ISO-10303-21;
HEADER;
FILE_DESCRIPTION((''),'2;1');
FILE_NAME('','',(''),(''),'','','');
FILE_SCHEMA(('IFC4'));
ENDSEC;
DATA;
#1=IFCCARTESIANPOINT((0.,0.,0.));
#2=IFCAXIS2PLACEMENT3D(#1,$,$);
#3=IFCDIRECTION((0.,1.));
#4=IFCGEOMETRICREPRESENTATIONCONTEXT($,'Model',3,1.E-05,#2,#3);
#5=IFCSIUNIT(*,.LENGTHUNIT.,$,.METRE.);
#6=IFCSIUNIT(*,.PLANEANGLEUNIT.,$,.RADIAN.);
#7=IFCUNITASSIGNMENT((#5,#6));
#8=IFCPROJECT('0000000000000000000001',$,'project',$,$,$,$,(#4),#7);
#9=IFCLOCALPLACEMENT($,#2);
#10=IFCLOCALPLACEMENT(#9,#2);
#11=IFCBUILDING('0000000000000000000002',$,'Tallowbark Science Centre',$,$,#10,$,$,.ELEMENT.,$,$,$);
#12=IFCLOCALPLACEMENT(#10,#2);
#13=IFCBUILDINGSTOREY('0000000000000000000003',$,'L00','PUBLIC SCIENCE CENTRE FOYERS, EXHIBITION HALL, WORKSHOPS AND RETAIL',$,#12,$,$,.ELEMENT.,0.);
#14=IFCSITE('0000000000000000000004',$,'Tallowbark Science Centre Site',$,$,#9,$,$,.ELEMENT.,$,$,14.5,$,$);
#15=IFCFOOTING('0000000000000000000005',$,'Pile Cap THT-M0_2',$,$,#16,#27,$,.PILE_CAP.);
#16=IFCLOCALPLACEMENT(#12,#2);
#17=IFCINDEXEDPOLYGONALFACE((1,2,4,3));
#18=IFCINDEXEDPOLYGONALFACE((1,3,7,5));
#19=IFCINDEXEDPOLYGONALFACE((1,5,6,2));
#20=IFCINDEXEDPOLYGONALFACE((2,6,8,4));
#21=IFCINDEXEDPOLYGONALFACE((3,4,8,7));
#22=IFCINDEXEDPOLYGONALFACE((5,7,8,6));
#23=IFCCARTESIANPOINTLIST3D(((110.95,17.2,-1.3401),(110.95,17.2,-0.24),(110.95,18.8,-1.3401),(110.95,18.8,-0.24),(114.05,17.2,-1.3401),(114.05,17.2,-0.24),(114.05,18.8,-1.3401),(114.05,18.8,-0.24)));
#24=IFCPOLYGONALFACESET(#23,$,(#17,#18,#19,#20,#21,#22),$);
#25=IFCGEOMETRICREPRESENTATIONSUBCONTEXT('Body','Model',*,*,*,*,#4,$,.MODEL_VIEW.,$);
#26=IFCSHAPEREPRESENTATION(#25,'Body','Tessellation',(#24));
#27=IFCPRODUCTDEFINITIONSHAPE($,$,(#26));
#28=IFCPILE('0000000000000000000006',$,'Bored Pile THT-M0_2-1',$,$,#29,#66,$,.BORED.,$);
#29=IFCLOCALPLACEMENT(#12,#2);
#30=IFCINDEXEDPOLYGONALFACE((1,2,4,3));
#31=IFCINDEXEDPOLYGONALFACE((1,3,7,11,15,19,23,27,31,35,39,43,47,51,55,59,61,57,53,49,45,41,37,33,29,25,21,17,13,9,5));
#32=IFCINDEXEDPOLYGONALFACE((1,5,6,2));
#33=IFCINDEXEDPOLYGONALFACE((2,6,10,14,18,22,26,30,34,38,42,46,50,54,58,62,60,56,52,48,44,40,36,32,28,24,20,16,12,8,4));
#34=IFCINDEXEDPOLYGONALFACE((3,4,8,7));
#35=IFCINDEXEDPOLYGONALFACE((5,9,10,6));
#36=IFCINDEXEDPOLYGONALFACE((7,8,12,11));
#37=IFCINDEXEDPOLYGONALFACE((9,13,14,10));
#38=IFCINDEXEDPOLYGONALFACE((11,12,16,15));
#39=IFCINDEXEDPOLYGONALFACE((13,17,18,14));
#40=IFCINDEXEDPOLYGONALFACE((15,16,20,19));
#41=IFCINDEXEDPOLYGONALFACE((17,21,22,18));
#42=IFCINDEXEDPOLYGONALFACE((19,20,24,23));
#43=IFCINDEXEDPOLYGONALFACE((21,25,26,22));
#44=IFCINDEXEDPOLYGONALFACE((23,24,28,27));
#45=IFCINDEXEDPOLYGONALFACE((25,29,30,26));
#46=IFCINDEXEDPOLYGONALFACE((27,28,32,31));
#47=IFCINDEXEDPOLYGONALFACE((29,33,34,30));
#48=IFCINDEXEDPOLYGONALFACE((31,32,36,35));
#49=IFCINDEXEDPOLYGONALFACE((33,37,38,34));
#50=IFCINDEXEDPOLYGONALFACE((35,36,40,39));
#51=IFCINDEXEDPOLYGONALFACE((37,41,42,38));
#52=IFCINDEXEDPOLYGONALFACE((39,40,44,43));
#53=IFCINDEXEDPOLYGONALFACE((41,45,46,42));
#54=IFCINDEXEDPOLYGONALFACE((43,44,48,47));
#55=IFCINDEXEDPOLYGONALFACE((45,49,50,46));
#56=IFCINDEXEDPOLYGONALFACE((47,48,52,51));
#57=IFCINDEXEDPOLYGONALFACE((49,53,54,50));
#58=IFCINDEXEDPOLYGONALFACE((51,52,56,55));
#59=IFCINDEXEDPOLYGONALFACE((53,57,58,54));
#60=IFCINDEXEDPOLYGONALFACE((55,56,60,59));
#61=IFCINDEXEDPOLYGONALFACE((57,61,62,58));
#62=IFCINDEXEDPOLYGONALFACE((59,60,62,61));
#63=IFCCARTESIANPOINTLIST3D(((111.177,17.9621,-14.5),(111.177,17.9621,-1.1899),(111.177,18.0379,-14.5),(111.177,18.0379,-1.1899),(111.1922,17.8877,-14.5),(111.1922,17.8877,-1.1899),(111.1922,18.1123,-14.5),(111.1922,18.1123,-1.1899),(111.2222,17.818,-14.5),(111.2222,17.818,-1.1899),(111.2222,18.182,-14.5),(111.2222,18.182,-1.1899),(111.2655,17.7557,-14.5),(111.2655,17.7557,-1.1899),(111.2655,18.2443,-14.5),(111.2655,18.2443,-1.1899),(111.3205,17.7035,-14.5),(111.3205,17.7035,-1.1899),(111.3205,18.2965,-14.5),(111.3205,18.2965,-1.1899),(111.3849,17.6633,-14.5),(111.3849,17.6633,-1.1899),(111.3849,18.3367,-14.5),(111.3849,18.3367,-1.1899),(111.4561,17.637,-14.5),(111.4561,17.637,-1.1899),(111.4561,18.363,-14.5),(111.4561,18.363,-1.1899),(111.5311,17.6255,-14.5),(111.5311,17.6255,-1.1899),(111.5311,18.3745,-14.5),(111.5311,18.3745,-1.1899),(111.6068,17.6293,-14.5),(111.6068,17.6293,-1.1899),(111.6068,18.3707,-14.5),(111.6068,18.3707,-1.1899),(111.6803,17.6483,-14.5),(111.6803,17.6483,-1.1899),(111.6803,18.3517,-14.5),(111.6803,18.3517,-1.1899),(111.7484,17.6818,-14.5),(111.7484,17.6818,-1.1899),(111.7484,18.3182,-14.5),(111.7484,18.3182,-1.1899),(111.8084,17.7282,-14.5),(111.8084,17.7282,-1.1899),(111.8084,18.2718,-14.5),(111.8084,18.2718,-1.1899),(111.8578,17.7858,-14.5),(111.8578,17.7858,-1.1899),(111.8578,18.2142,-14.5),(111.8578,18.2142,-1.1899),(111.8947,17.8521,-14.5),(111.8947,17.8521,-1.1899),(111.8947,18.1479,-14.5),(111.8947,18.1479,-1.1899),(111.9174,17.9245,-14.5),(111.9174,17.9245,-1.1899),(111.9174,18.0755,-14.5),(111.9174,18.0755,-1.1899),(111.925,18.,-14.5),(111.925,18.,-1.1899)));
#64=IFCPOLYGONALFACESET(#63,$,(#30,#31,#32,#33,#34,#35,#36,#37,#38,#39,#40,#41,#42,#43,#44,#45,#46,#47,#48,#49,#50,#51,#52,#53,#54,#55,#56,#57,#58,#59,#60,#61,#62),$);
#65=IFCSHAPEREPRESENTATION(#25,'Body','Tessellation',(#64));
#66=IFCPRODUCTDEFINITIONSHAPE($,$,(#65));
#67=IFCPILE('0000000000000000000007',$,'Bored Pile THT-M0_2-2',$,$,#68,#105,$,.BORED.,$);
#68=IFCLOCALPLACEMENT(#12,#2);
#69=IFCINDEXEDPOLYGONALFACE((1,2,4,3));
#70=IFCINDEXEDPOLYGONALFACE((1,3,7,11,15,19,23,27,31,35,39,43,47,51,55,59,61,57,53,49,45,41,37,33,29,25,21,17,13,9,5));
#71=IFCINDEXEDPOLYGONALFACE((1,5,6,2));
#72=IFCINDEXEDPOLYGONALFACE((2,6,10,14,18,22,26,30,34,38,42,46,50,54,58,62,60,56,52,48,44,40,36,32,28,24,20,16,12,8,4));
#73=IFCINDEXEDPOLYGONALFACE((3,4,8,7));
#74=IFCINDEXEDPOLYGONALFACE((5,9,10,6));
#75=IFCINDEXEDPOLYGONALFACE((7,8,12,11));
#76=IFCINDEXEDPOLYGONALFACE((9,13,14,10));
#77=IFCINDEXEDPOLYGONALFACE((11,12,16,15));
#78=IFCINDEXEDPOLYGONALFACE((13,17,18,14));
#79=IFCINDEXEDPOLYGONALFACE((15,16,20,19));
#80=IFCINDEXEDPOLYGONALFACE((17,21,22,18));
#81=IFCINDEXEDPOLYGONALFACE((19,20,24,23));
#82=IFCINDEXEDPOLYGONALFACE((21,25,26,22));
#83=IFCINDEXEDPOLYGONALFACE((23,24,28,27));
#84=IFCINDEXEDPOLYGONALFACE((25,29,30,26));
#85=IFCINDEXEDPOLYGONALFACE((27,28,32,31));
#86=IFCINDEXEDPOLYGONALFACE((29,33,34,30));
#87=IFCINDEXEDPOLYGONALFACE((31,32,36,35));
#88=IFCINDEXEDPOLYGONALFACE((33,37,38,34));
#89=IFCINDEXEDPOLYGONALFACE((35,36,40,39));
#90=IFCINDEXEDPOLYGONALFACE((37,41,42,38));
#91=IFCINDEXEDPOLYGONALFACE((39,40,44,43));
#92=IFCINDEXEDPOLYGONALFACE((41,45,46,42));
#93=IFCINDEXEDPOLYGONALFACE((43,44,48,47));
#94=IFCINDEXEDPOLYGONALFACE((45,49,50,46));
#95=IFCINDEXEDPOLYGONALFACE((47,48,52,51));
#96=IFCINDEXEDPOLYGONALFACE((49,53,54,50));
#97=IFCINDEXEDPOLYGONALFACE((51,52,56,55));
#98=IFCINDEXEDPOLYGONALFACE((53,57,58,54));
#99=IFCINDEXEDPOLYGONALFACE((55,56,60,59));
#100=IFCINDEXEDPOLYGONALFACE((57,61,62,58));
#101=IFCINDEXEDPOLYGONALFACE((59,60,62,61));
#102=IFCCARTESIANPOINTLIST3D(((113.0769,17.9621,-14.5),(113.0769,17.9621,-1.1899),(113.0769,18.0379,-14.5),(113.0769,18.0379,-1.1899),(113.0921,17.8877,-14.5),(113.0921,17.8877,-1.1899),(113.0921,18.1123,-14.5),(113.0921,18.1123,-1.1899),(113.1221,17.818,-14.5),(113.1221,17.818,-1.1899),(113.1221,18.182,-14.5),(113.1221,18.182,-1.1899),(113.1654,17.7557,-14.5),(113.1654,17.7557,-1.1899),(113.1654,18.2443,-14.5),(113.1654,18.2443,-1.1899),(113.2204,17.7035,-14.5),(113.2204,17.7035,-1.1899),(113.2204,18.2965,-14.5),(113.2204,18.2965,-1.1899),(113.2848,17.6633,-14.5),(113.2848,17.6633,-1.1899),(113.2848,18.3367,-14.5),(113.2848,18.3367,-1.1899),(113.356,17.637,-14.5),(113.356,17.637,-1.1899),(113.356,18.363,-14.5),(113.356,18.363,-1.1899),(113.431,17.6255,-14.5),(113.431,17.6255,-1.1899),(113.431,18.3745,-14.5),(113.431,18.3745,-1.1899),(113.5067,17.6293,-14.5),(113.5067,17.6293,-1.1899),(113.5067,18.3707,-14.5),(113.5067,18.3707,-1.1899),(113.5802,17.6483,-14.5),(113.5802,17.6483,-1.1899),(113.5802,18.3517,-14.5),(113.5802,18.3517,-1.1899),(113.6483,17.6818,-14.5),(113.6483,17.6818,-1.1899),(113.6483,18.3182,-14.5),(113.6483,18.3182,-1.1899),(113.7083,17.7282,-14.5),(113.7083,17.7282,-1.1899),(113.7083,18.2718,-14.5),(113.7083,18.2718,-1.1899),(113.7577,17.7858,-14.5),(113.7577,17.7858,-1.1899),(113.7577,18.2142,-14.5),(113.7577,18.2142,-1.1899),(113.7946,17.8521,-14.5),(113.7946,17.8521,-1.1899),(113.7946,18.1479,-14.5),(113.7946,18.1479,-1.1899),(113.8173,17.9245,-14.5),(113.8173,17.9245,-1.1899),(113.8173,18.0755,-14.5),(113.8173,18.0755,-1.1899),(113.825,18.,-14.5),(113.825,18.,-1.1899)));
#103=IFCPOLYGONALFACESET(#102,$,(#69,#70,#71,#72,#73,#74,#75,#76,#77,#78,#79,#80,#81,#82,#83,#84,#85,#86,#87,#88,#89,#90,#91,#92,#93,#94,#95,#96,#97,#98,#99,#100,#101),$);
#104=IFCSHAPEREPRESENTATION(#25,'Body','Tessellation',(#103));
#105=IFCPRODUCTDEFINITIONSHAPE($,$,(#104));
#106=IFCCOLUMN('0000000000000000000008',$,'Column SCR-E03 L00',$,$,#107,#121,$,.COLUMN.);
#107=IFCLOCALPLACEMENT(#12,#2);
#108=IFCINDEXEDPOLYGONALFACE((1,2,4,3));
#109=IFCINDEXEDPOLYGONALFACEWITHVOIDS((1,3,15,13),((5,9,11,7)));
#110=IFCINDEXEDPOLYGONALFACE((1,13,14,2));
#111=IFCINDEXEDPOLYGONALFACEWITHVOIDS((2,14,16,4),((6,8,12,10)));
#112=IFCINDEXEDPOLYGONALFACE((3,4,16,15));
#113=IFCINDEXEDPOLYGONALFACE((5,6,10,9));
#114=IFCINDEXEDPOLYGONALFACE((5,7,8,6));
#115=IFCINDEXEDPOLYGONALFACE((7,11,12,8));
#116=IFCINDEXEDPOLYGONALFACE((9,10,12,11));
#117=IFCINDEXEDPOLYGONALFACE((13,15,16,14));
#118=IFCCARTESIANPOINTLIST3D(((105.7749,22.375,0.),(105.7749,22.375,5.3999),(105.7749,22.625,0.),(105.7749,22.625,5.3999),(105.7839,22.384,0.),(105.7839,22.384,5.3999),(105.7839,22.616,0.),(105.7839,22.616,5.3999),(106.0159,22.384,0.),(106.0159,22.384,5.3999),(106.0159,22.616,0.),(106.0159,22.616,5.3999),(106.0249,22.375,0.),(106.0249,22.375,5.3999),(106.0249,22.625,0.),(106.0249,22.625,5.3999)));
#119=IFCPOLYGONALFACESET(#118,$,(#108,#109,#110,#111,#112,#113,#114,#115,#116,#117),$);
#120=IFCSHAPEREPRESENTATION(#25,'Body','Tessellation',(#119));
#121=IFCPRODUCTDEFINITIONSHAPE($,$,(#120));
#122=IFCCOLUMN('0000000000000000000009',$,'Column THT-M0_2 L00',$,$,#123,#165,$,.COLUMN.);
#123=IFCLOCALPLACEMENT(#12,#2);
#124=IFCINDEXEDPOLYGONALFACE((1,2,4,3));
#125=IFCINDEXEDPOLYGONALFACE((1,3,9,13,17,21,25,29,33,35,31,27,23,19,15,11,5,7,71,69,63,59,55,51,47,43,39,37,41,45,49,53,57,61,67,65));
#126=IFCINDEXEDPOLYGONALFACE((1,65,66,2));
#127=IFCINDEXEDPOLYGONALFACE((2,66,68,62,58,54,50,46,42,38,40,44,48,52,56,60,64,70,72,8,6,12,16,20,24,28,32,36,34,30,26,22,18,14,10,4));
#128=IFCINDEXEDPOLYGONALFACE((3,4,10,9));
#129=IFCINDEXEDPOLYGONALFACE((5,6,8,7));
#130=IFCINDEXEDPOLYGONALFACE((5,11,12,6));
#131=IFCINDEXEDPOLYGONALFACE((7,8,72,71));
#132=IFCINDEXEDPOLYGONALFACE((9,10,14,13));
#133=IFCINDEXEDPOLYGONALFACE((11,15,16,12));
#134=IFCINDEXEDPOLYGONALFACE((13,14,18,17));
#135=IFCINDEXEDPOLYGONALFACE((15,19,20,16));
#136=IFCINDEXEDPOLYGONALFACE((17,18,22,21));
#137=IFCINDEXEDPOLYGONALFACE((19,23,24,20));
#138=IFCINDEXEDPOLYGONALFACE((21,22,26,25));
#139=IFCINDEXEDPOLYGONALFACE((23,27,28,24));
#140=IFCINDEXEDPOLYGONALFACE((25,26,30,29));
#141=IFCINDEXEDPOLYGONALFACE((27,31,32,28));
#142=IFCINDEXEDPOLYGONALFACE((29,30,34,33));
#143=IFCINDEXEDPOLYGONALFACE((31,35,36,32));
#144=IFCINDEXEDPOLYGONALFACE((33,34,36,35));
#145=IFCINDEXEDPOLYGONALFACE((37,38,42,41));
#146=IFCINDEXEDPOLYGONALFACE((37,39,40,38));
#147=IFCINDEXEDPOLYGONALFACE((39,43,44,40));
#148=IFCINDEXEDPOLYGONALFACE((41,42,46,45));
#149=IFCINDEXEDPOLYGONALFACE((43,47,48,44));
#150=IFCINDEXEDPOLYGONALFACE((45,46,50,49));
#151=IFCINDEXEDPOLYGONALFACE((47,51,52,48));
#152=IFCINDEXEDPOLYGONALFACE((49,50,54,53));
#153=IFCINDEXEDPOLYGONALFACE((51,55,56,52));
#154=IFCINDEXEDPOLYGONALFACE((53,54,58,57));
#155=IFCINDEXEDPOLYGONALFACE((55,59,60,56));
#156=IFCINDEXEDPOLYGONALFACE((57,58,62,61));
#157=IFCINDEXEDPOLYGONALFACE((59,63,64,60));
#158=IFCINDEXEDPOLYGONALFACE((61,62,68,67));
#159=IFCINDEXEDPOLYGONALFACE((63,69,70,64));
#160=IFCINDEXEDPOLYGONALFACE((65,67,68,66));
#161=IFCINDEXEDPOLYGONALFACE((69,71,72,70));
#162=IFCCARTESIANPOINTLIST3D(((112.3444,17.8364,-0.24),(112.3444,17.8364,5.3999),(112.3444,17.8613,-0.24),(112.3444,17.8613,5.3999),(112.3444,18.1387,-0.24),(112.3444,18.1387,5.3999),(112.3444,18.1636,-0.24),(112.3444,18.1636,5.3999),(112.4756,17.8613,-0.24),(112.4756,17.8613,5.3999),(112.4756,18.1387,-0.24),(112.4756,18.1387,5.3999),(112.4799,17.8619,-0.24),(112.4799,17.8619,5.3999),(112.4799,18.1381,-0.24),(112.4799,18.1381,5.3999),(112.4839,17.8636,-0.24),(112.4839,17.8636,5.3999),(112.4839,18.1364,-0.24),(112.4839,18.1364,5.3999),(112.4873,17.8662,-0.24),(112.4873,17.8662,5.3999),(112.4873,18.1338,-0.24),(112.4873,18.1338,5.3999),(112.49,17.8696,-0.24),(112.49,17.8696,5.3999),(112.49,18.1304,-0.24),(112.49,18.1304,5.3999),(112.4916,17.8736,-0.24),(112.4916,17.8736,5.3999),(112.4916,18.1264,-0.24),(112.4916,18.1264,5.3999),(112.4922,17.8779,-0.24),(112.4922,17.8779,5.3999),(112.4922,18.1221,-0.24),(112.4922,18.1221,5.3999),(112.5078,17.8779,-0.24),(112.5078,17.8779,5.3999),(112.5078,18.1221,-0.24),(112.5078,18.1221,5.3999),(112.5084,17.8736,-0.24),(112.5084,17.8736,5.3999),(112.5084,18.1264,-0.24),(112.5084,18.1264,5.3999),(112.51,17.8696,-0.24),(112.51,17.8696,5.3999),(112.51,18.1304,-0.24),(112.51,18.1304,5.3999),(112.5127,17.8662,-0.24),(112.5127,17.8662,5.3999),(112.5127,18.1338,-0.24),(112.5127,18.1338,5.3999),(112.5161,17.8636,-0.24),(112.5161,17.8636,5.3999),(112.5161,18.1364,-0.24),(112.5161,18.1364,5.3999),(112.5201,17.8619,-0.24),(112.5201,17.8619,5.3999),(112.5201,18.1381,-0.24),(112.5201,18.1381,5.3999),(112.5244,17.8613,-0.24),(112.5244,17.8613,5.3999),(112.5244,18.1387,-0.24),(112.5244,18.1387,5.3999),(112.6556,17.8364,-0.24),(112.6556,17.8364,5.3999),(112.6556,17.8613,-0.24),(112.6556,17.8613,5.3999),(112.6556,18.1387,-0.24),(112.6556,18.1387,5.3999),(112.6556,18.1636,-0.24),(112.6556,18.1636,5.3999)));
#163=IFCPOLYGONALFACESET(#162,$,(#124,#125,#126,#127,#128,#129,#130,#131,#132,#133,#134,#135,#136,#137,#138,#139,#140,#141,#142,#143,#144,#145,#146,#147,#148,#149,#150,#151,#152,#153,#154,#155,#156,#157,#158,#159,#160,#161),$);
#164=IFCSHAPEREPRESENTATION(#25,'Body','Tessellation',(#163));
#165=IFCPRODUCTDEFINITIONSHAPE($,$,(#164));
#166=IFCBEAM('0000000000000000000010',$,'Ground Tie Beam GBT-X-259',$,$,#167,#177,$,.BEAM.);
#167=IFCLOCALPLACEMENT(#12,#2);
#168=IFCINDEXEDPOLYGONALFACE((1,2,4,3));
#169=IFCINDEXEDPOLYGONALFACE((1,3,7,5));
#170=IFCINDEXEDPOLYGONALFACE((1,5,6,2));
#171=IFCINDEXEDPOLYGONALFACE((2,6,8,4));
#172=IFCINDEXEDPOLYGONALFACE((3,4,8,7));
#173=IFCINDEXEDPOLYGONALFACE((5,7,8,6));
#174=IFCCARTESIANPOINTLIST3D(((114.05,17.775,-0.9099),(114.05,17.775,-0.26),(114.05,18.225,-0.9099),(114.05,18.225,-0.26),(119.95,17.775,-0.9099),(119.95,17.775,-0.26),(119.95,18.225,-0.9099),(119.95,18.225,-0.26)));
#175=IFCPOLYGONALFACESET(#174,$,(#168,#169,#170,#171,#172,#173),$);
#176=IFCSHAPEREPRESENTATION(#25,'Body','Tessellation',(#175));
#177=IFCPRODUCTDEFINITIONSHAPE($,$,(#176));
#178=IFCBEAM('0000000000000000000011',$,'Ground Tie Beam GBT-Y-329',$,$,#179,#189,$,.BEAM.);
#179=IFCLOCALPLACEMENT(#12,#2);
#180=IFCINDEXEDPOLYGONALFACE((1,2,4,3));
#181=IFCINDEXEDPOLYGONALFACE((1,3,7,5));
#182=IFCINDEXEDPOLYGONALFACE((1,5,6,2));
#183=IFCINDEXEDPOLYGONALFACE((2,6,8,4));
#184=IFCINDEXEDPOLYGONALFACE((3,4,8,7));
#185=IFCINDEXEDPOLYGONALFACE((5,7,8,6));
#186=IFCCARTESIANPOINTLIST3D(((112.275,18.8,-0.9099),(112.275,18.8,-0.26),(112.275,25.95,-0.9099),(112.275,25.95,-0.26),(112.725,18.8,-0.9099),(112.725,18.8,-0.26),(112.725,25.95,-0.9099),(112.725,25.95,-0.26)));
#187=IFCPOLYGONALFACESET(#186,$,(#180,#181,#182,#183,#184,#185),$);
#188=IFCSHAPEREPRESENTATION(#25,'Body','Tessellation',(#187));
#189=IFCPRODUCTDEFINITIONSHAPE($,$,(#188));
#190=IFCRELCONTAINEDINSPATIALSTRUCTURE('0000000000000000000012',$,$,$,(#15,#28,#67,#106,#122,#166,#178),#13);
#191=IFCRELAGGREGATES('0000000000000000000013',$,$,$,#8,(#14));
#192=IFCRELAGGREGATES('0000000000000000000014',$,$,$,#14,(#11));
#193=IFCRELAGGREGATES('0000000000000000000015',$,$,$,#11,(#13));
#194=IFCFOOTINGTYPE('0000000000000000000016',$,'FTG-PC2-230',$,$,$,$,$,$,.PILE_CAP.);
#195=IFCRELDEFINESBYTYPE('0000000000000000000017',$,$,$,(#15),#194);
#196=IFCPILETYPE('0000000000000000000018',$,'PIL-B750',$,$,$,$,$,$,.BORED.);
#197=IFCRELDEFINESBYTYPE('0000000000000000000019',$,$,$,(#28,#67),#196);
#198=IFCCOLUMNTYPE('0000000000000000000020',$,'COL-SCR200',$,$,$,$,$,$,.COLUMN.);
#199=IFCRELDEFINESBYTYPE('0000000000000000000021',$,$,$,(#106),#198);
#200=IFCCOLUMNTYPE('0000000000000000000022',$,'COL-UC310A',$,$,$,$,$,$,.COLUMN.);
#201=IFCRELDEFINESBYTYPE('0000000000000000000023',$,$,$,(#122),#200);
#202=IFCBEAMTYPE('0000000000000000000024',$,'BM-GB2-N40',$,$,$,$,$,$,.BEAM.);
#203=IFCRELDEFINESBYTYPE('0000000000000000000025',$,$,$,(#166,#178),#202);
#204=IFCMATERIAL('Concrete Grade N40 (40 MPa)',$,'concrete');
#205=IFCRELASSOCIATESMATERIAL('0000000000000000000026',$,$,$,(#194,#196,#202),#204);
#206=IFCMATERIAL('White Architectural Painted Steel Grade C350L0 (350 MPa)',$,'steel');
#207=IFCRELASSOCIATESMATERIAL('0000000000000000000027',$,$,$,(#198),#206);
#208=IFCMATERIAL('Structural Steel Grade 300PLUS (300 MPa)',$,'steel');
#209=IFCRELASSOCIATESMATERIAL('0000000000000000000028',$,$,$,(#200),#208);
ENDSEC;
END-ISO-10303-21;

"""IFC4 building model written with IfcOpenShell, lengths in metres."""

from ifc_helpers import new_model, si_unit, direction, frame, origin, origin_2d, place, context, subcontext, project, spatial, rectangle, hollow_rectangle, circle, i_section, extrude, material, material_profile, profile_set, type_object, element, save


model = new_model("IFC4")

# Units and contexts
model_context = context("Model", 3, precision=1e-05, world=origin(), true_north=direction((0.0, 1.0)))
body_context = subcontext(model_context, "Body", "Model", "MODEL_VIEW")
ifc_project = project(units=[si_unit("LENGTHUNIT", "METRE"), si_unit("PLANEANGLEUNIT", "RADIAN")], contexts=[model_context])

# Site, building, storey
site_placement = place(None, origin())
site = spatial("IfcSite", under=ifc_project, at=site_placement, Name="Tallowbark Science Centre Site", CompositionType="ELEMENT", RefElevation=14.5)
building_placement = place(site_placement, origin())
building = spatial("IfcBuilding", under=site, at=building_placement, Name="Tallowbark Science Centre", CompositionType="ELEMENT")
storey_placement = place(building_placement, origin())
storey = spatial("IfcBuildingStorey", under=building, at=storey_placement, Name="L00", Description="PUBLIC SCIENCE CENTRE FOYERS, EXHIBITION HALL, WORKSHOPS AND RETAIL", CompositionType="ELEMENT", Elevation=0.0)

# Footing
ifc_material_1 = material(Name="Concrete Grade N40 (40 MPa)", Category="concrete")
footing_type = type_object("IfcFootingType", Name="FTG-PC2-230", PredefinedType="PILE_CAP", material=ifc_material_1)
footing_placement = place(storey_placement, frame((112.5, 18.0, -1.3401), z_axis=(0.0, 0.0, 1.0), x_axis=(1.0, 0.0, 0.0)))
element("IfcFooting", 1, at=footing_placement, inside=storey, type_object=footing_type, Name="Pile Cap THT-M0_2", PredefinedType="PILE_CAP", context=body_context, shape_type="SweptSolid", body=[
    extrude(rectangle(XDim=3.1001, YDim=1.6001, at=origin_2d()), origin(), (0.0, 0.0, 1.0), 1.1001),
])

# Piles
ifc_material_profile_1 = material_profile(ifc_material_1, circle(Radius=0.375, at=origin_2d()), Name="PILE750")
ifc_profile_set_1 = profile_set([ifc_material_profile_1], Name="Concrete Grade N40 (40 MPa)")
pile_type = type_object("IfcPileType", Name="PIL-B750", PredefinedType="BORED", material=ifc_profile_set_1)
for number, where, z_axis, x_axis, name in (
    (2, (111.55, 18.0, -1.1899), (0.0, 0.0, -1.0), (1.0, 0.0, 0.0), "Bored Pile THT-M0_2-1"),
    (3, (113.45, 18.0, -1.1899), (0.0, 0.0, -1.0), (1.0, 0.0, 0.0), "Bored Pile THT-M0_2-2"),
):
    element("IfcPile", number, at=place(storey_placement, frame(where, z_axis=z_axis, x_axis=x_axis)), inside=storey, type_object=pile_type, Name=name, PredefinedType="BORED", context=body_context, shape_type="SweptSolid", body=[
        extrude(circle(Radius=0.375, at=origin_2d()), origin(), (0.0, 0.0, 1.0), 13.3101),
    ])

# Columns
ifc_material_2 = material(Name="White Architectural Painted Steel Grade C350L0 (350 MPa)", Category="steel")
ifc_material_profile_2 = material_profile(ifc_material_2, hollow_rectangle(XDim=0.25, YDim=0.25, WallThickness=0.009, at=origin_2d()), Name="250x250x9.0SHS")
ifc_profile_set_2 = profile_set([ifc_material_profile_2], Name="White Architectural Painted Steel Grade C350L0 (350 MPa)")
column_type_1 = type_object("IfcColumnType", Name="COL-SCR200", PredefinedType="COLUMN", material=ifc_profile_set_2)
column_1_placement = place(storey_placement, frame((105.8999, 22.5, 0.0), z_axis=(0.0, 0.0, 1.0), x_axis=(1.0, 0.0, 0.0)))
element("IfcColumn", 4, at=column_1_placement, inside=storey, type_object=column_type_1, Name="Column SCR-E03 L00", PredefinedType="COLUMN", context=body_context, shape_type="SweptSolid", body=[
    extrude(hollow_rectangle(XDim=0.25, YDim=0.25, WallThickness=0.009, at=origin_2d()), origin(), (0.0, 0.0, 1.0), 5.3999),
])
ifc_material_3 = material(Name="Structural Steel Grade 300PLUS (300 MPa)", Category="steel")
ifc_material_profile_3 = material_profile(ifc_material_3, i_section(OverallWidth=0.3113, OverallDepth=0.3271, WebThickness=0.0156, FlangeThickness=0.0249, FilletRadius=0.0166, at=origin_2d()), Name="310UC158")
ifc_profile_set_3 = profile_set([ifc_material_profile_3], Name="Structural Steel Grade 300PLUS (300 MPa)")
column_type_2 = type_object("IfcColumnType", Name="COL-UC310A", PredefinedType="COLUMN", material=ifc_profile_set_3)
column_2_placement = place(storey_placement, frame((112.5, 18.0, -0.24), z_axis=(0.0, 0.0, 1.0), x_axis=(1.0, 0.0, 0.0)))
element("IfcColumn", 5, at=column_2_placement, inside=storey, type_object=column_type_2, Name="Column THT-M0_2 L00", PredefinedType="COLUMN", context=body_context, shape_type="SweptSolid", body=[
    extrude(i_section(OverallWidth=0.3113, OverallDepth=0.3271, WebThickness=0.0156, FlangeThickness=0.0249, FilletRadius=0.0166, at=origin_2d()), origin(), (0.0, 0.0, 1.0), 5.6399),
])

# Beams
ifc_material_profile_4 = material_profile(ifc_material_1, rectangle(XDim=0.45, YDim=0.6499, at=origin_2d()), Name="RC450x650")
ifc_profile_set_4 = profile_set([ifc_material_profile_4], Name="Concrete Grade N40 (40 MPa)")
beam_type = type_object("IfcBeamType", Name="BM-GB2-N40", PredefinedType="BEAM", material=ifc_profile_set_4)
beam_1_placement = place(storey_placement, frame((114.05, 18.0, -0.585), z_axis=(1.0, 0.0, 0.0), x_axis=(0.0, 1.0, 0.0)))
element("IfcBeam", 6, at=beam_1_placement, inside=storey, type_object=beam_type, Name="Ground Tie Beam GBT-X-259", PredefinedType="BEAM", context=body_context, shape_type="SweptSolid", body=[
    extrude(rectangle(XDim=0.45, YDim=0.6499, at=origin_2d()), origin(), (0.0, 0.0, 1.0), 5.8999),
])
beam_2_placement = place(storey_placement, frame((112.5, 18.8, -0.585), z_axis=(0.0, 1.0, 0.0), x_axis=(-1.0, 0.0, 0.0)))
element("IfcBeam", 7, at=beam_2_placement, inside=storey, type_object=beam_type, Name="Ground Tie Beam GBT-Y-329", PredefinedType="BEAM", context=body_context, shape_type="SweptSolid", body=[
    extrude(rectangle(XDim=0.45, YDim=0.6499, at=origin_2d()), origin(), (0.0, 0.0, 1.0), 7.1499),
])

save(model, "model.ifc")
